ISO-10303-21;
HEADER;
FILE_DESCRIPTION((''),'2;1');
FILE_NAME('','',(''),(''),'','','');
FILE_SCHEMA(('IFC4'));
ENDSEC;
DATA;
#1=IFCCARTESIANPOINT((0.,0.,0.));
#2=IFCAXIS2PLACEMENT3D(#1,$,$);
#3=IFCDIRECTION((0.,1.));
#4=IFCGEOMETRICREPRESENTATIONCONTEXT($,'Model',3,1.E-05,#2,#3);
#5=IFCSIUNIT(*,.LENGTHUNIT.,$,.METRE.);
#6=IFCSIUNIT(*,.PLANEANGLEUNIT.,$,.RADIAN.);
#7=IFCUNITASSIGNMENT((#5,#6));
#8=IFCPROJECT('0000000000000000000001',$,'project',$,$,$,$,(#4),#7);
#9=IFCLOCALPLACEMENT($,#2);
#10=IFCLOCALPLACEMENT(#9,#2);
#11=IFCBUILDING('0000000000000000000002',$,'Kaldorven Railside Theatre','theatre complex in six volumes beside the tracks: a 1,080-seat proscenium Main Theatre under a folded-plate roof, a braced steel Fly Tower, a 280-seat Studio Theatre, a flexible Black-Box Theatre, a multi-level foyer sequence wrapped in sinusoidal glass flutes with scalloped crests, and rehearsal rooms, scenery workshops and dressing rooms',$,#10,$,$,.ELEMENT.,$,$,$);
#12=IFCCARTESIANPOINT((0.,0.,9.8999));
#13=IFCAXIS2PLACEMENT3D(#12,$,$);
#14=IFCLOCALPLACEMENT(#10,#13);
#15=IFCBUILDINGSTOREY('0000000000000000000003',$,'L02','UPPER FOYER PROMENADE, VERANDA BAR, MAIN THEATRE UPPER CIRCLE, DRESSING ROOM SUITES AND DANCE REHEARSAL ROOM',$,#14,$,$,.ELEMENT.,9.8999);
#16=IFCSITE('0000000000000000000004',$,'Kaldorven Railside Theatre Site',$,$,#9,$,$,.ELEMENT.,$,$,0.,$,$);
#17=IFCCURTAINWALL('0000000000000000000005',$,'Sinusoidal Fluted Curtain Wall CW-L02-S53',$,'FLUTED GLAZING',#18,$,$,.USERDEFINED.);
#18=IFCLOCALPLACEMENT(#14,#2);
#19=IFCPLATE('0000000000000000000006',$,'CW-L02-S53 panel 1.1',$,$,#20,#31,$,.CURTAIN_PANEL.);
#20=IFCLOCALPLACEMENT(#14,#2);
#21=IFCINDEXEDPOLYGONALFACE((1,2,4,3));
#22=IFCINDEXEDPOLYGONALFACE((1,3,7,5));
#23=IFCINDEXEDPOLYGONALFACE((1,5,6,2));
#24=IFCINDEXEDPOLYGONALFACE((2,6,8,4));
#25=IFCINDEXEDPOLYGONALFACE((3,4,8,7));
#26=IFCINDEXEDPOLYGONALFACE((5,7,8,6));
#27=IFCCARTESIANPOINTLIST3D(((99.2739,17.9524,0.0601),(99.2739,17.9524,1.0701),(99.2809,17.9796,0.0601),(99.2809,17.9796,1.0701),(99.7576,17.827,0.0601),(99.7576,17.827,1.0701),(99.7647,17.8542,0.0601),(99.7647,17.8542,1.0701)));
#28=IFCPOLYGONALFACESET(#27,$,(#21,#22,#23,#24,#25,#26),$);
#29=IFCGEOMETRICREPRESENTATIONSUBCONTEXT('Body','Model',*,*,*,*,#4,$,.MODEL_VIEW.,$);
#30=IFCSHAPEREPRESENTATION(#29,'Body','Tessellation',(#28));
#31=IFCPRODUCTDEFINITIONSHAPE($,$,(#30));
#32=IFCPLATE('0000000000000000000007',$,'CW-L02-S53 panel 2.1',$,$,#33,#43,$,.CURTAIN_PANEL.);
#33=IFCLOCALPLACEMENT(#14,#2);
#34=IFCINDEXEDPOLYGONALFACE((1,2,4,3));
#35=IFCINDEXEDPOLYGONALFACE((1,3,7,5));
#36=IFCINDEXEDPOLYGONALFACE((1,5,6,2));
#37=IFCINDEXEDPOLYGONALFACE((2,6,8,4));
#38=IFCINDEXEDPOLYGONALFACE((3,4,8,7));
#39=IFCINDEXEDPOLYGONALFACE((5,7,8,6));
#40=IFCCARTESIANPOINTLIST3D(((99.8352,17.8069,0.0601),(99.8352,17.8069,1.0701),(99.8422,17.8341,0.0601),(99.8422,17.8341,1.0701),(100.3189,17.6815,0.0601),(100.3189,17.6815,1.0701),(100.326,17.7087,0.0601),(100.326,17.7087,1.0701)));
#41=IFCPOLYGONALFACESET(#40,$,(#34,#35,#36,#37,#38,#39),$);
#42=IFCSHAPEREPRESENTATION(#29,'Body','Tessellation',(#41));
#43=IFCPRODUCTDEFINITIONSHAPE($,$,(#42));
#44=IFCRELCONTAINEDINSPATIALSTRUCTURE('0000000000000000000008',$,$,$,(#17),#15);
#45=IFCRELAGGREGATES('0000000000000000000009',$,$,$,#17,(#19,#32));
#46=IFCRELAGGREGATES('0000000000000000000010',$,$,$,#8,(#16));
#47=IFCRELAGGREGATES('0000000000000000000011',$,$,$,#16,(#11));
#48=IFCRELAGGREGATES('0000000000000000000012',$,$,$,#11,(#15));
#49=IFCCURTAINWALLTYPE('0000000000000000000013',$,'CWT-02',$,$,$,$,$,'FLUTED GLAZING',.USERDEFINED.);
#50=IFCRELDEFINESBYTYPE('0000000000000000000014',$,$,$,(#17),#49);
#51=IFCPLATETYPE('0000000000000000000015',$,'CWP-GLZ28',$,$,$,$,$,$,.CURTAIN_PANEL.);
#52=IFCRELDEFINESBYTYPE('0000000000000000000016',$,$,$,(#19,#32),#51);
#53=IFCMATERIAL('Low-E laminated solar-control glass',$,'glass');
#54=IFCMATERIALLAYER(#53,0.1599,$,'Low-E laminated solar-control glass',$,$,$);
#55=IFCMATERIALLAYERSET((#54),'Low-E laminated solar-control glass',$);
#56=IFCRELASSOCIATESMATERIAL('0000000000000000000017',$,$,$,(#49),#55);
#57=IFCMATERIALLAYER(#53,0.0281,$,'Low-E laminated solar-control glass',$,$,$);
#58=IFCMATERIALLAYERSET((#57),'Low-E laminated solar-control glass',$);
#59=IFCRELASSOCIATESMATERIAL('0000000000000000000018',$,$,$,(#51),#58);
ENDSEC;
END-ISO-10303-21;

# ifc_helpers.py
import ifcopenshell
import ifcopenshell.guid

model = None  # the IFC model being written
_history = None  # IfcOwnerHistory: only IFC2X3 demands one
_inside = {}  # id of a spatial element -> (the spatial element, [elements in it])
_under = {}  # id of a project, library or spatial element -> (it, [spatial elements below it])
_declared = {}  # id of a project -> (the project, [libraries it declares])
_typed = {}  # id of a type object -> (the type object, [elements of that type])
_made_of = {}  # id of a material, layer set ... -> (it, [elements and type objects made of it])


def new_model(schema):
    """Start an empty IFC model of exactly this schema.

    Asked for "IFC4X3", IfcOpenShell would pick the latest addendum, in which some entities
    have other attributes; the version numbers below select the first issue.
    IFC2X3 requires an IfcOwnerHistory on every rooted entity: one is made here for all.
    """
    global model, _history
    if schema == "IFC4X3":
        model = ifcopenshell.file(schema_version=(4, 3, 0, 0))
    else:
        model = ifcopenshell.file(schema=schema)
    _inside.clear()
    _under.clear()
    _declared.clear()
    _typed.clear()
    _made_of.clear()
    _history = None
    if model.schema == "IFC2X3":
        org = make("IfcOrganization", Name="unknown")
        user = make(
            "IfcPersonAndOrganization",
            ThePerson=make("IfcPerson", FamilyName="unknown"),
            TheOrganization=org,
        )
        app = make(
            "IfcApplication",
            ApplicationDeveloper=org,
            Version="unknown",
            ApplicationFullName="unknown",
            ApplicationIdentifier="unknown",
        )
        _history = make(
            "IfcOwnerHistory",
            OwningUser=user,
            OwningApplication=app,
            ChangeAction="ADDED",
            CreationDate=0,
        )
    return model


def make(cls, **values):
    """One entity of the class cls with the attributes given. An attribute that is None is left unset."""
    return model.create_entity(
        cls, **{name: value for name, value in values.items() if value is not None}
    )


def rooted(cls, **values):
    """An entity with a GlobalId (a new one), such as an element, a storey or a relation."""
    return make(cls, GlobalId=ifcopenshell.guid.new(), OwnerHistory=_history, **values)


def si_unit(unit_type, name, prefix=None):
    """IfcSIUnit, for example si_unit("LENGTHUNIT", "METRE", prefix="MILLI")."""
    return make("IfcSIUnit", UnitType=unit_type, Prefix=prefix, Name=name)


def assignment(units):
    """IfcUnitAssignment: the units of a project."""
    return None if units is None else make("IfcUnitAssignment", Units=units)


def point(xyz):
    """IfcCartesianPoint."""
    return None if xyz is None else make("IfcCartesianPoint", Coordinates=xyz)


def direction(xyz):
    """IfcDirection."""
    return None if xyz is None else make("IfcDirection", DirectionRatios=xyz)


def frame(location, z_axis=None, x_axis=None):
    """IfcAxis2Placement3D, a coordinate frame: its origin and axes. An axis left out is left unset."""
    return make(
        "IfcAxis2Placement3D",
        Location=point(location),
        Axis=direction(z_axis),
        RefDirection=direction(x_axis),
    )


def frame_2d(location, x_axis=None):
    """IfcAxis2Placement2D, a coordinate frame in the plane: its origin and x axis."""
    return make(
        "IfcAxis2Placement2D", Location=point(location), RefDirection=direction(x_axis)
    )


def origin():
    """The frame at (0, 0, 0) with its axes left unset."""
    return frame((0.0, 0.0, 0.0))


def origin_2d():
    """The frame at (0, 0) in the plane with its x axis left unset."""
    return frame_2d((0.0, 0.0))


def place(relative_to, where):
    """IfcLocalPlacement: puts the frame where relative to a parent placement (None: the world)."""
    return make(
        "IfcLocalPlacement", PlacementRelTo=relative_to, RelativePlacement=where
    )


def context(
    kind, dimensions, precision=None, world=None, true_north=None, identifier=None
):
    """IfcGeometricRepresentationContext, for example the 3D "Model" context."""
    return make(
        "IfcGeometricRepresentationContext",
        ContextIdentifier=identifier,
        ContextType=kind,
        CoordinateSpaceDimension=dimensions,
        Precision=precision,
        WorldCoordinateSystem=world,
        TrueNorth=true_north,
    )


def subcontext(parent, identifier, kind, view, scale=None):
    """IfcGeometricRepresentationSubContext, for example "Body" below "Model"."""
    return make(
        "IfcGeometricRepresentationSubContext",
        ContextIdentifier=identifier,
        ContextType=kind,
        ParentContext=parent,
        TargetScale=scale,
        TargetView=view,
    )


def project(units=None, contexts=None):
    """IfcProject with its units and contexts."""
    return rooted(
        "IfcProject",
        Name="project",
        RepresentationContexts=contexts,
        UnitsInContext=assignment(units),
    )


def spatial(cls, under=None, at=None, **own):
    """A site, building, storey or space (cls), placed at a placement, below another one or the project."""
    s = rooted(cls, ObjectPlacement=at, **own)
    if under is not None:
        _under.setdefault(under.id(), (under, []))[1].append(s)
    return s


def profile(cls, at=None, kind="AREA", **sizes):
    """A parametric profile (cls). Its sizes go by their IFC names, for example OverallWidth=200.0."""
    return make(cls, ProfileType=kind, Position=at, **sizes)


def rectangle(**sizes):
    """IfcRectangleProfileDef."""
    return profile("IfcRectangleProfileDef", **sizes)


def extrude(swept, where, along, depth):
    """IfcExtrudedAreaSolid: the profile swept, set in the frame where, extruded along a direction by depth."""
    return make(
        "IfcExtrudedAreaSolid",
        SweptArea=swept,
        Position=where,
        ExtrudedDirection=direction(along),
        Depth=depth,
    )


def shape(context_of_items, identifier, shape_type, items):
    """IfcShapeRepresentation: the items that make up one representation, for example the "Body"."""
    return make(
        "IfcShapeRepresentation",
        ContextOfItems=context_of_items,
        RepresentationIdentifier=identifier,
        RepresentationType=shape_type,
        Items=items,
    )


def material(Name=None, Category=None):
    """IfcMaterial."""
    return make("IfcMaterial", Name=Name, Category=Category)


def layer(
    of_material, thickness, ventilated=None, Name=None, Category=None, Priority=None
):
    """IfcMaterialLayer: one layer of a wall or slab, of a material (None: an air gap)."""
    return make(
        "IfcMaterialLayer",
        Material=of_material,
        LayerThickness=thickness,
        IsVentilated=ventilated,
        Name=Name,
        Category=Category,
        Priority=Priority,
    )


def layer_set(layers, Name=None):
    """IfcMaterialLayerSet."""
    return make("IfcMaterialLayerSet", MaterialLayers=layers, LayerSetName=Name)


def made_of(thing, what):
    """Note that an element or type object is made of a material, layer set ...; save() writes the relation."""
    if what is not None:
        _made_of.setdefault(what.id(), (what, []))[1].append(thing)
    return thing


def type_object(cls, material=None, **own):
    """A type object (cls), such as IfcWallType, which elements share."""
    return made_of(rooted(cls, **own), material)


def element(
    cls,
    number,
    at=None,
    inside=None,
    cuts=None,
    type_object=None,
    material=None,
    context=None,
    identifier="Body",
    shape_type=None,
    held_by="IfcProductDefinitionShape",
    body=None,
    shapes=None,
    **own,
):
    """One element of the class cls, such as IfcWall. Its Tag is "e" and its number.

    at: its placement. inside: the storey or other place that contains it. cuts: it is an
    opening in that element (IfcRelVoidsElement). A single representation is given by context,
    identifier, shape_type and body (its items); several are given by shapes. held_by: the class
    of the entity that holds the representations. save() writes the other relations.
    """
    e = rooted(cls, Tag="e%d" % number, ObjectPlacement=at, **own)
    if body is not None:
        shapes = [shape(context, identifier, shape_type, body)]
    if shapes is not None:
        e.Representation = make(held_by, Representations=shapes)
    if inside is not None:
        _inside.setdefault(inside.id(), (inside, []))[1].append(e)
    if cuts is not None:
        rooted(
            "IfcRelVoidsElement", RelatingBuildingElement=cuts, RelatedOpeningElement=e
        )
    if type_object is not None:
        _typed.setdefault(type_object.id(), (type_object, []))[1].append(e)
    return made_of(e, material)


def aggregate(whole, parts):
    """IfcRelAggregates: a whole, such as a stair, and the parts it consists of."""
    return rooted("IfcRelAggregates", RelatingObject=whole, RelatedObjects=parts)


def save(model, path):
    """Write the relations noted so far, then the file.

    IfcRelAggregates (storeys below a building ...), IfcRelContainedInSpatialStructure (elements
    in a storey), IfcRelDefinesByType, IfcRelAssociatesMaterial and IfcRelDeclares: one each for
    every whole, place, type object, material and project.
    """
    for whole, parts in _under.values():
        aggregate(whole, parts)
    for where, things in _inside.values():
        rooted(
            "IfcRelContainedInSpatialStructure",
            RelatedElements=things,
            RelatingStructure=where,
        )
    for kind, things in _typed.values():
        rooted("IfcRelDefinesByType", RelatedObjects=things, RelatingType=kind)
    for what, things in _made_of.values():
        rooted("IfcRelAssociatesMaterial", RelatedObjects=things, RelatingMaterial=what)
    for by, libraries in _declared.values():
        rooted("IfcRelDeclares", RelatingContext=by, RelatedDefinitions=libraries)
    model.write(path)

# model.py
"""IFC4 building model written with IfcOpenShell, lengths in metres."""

from ifc_helpers import new_model, si_unit, direction, frame, origin, origin_2d, place, context, subcontext, project, spatial, rectangle, extrude, material, layer, layer_set, type_object, element, aggregate, save


model = new_model("IFC4")

# Units and contexts
model_context = context("Model", 3, precision=1e-05, world=origin(), true_north=direction((0.0, 1.0)))
body_context = subcontext(model_context, "Body", "Model", "MODEL_VIEW")
ifc_project = project(units=[si_unit("LENGTHUNIT", "METRE"), si_unit("PLANEANGLEUNIT", "RADIAN")], contexts=[model_context])

# Site, building, storey
site_placement = place(None, origin())
site = spatial("IfcSite", under=ifc_project, at=site_placement, Name="Kaldorven Railside Theatre Site", CompositionType="ELEMENT", RefElevation=0.0)
building_placement = place(site_placement, origin())
building = spatial("IfcBuilding", under=site, at=building_placement, Name="Kaldorven Railside Theatre", Description="theatre complex in six volumes beside the tracks: a 1,080-seat proscenium Main Theatre under a folded-plate roof, a braced steel Fly Tower, a 280-seat Studio Theatre, a flexible Black-Box Theatre, a multi-level foyer sequence wrapped in sinusoidal glass flutes with scalloped crests, and rehearsal rooms, scenery workshops and dressing rooms", CompositionType="ELEMENT")
storey_placement = place(building_placement, frame((0.0, 0.0, 9.8999)))
storey = spatial("IfcBuildingStorey", under=building, at=storey_placement, Name="L02", Description="UPPER FOYER PROMENADE, VERANDA BAR, MAIN THEATRE UPPER CIRCLE, DRESSING ROOM SUITES AND DANCE REHEARSAL ROOM", CompositionType="ELEMENT", Elevation=9.8999)

# Curtain wall
ifc_material_1 = material(Name="Low-E laminated solar-control glass", Category="glass")
ifc_layer_1 = layer(ifc_material_1, 0.1599, Name="Low-E laminated solar-control glass")
ifc_layer_set_1 = layer_set([ifc_layer_1], Name="Low-E laminated solar-control glass")
curtain_wall_type_1 = type_object("IfcCurtainWallType", Name="CWT-02", ElementType="FLUTED GLAZING", PredefinedType="USERDEFINED", material=ifc_layer_set_1)
curtain_wall_1_placement = place(storey_placement, origin())
curtain_wall_1 = element("IfcCurtainWall", 1, at=curtain_wall_1_placement, inside=storey, type_object=curtain_wall_type_1, Name="Sinusoidal Fluted Curtain Wall CW-L02-S53", ObjectType="FLUTED GLAZING", PredefinedType="USERDEFINED")

# Plates
ifc_layer_2 = layer(ifc_material_1, 0.0281, Name="Low-E laminated solar-control glass")
ifc_layer_set_2 = layer_set([ifc_layer_2], Name="Low-E laminated solar-control glass")
plate_type = type_object("IfcPlateType", Name="CWP-GLZ28", PredefinedType="CURTAIN_PANEL", material=ifc_layer_set_2)
plate_1_placement = place(storey_placement, frame((99.5193, 17.9033, 0.0601), z_axis=(0.0, 0.0, 1.0), x_axis=(0.967999, -0.250954, 0.0)))
plate_1 = element("IfcPlate", 2, at=plate_1_placement, type_object=plate_type, Name="CW-L02-S53 panel 1.1", PredefinedType="CURTAIN_PANEL", context=body_context, shape_type="SweptSolid", body=[
    extrude(rectangle(XDim=0.4998, YDim=0.0281, at=origin_2d()), origin(), (0.0, 0.0, 1.0), 1.01),
])
plate_2_placement = place(storey_placement, frame((100.0806, 17.7578, 0.0601), z_axis=(0.0, 0.0, 1.0), x_axis=(0.967999, -0.250954, 0.0)))
plate_2 = element("IfcPlate", 3, at=plate_2_placement, type_object=plate_type, Name="CW-L02-S53 panel 2.1", PredefinedType="CURTAIN_PANEL", context=body_context, shape_type="SweptSolid", body=[
    extrude(rectangle(XDim=0.4998, YDim=0.0281, at=origin_2d()), origin(), (0.0, 0.0, 1.0), 1.01),
])
aggregate(curtain_wall_1, [plate_1, plate_2])

save(model, "model.ifc")
